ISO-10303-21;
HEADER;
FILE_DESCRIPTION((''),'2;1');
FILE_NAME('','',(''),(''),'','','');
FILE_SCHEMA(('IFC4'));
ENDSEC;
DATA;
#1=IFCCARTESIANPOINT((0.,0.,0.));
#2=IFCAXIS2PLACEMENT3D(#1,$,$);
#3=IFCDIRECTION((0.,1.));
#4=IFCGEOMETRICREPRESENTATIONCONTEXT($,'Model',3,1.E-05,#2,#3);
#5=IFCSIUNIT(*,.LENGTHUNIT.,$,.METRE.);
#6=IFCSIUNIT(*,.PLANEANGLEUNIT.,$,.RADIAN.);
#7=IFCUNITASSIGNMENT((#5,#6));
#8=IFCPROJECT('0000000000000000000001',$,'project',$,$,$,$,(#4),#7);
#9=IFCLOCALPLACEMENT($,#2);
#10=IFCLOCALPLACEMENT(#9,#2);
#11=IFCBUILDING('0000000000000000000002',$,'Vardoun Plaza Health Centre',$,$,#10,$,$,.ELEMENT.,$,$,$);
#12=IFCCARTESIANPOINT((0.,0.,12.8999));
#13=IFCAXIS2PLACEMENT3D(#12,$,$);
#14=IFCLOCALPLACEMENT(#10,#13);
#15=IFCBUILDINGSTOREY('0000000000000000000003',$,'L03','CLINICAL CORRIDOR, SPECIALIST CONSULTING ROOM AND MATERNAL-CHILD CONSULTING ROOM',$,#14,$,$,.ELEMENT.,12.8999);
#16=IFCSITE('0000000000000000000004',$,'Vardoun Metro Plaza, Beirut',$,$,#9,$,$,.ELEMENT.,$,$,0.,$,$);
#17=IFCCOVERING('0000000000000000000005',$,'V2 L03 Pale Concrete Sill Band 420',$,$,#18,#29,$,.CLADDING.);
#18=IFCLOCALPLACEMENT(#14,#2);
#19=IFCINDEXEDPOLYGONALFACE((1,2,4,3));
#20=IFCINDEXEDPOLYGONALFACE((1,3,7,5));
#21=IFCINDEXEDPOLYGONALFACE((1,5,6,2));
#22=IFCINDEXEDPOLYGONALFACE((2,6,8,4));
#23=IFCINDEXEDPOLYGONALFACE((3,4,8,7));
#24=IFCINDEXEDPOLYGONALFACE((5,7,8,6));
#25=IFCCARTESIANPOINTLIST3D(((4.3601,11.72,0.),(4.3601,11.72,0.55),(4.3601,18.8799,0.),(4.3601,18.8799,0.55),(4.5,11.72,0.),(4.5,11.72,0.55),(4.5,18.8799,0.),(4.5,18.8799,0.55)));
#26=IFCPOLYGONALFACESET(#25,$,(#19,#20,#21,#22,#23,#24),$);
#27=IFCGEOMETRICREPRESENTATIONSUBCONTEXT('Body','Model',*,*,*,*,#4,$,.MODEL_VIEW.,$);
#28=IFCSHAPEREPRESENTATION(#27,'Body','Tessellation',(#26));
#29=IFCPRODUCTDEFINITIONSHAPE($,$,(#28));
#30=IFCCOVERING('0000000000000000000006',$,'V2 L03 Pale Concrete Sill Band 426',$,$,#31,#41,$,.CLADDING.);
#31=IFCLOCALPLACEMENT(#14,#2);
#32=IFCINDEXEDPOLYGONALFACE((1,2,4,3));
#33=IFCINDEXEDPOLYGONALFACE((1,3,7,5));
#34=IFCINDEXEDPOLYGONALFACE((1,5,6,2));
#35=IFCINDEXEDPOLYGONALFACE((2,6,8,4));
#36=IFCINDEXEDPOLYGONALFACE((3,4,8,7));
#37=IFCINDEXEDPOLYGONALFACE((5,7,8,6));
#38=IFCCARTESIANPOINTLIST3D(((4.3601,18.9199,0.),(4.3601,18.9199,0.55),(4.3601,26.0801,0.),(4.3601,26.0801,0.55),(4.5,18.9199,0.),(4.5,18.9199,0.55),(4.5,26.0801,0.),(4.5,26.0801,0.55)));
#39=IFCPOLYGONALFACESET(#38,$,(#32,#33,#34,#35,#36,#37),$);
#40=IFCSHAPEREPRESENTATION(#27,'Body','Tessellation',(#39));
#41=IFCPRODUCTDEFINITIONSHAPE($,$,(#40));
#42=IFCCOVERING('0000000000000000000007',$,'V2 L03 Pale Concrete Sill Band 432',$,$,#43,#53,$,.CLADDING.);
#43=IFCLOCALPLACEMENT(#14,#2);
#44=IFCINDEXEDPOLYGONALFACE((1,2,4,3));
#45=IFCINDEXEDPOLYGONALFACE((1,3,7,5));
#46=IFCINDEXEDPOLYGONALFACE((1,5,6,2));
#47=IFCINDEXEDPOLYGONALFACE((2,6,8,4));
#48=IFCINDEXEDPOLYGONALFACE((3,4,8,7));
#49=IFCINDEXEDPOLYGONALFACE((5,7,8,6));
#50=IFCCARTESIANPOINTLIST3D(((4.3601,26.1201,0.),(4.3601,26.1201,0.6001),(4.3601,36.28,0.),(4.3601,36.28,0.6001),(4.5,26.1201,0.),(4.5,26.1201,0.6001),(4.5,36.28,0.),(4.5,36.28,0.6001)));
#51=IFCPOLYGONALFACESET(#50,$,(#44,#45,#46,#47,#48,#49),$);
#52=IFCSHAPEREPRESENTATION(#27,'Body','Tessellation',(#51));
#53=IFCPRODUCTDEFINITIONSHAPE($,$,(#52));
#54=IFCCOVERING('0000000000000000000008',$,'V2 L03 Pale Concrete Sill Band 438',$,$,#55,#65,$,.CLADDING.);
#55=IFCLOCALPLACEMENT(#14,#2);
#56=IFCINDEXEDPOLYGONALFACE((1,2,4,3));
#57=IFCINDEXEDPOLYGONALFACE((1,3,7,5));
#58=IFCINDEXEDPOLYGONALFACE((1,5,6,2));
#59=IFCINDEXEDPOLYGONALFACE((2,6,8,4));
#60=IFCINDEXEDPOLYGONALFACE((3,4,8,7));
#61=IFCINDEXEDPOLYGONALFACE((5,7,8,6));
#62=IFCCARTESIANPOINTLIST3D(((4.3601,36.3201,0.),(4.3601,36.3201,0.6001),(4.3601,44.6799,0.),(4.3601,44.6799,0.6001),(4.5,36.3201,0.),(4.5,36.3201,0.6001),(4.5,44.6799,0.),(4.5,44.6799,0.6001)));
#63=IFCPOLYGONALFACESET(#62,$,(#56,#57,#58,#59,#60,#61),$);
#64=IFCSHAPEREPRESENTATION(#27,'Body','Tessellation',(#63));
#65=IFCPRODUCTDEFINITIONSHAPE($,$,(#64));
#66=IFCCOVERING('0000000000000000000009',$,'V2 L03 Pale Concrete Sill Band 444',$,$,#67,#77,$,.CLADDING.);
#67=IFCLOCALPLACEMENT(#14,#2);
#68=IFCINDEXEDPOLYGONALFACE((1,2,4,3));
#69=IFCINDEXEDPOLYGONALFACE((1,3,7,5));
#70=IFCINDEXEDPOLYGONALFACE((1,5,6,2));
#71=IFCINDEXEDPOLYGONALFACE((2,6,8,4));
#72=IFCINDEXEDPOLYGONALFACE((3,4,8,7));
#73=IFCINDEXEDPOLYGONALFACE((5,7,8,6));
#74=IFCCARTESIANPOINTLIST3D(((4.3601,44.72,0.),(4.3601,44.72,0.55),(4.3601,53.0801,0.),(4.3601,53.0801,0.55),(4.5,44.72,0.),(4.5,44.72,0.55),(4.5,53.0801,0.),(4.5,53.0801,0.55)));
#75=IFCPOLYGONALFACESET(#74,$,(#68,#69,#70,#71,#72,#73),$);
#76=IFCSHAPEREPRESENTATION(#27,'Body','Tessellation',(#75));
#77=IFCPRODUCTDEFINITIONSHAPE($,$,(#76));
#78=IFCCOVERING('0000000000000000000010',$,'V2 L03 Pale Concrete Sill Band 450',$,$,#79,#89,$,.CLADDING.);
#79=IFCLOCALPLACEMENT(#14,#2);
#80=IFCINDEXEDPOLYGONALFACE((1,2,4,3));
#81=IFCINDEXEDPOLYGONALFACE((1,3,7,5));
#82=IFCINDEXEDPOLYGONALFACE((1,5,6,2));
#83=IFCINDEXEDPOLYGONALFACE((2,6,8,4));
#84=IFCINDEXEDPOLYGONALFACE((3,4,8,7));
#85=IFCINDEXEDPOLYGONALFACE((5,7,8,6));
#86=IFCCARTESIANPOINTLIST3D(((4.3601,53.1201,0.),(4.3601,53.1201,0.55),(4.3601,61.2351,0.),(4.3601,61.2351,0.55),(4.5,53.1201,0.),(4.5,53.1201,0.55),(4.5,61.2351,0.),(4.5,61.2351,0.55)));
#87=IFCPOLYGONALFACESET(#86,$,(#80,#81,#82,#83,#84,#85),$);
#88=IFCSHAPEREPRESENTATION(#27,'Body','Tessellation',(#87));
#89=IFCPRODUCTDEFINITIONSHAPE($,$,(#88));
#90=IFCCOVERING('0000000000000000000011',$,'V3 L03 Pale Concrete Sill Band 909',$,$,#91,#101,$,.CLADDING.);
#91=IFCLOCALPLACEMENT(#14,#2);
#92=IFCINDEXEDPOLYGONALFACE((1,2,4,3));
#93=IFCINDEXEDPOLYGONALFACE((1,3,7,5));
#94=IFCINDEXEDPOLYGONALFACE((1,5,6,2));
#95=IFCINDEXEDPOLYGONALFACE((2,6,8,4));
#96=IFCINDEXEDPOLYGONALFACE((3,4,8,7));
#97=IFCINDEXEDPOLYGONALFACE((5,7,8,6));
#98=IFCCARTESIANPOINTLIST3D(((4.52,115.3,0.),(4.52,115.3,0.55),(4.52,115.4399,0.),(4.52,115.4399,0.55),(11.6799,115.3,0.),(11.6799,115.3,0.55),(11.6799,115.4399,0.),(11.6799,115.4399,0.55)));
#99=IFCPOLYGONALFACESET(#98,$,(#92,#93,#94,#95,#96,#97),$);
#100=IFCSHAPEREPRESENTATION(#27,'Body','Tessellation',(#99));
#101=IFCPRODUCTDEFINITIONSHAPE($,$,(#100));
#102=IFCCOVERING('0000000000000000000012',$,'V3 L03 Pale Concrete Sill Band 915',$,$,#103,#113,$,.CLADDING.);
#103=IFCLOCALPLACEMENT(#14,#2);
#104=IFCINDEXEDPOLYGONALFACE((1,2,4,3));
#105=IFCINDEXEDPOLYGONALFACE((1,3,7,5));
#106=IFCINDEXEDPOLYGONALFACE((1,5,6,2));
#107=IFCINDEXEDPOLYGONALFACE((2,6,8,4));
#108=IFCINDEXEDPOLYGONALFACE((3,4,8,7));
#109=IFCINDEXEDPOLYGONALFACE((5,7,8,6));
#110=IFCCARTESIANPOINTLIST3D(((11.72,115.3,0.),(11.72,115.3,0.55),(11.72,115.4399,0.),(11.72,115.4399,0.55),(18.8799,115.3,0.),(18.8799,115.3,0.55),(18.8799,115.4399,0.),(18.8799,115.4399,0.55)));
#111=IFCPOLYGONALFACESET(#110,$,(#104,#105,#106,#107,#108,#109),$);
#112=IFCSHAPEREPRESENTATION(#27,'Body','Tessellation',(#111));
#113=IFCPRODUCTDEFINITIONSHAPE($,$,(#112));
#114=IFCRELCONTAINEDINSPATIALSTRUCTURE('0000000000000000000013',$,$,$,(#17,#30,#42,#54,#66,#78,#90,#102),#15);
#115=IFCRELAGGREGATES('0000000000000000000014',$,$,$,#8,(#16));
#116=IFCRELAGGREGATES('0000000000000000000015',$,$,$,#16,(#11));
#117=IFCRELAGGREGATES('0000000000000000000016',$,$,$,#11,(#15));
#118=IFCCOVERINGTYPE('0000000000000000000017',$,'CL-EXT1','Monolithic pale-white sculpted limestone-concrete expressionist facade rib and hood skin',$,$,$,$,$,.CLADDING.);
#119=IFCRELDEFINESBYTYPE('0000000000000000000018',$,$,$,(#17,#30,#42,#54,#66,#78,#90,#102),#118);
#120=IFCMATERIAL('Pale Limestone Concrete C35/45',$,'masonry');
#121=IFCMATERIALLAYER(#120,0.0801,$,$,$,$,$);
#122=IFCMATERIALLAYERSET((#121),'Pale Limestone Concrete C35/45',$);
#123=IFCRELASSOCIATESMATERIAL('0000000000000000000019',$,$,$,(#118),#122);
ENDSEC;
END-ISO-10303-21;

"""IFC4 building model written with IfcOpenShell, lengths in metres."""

from ifc_helpers import new_model, si_unit, direction, frame, origin, place, context, subcontext, project, spatial, polyline, outline, extrude, material, layer, layer_set, type_object, element, save


model = new_model("IFC4")

# Units and contexts
model_context = context("Model", 3, precision=1e-05, world=origin(), true_north=direction((0.0, 1.0)))
body_context = subcontext(model_context, "Body", "Model", "MODEL_VIEW")
ifc_project = project(units=[si_unit("LENGTHUNIT", "METRE"), si_unit("PLANEANGLEUNIT", "RADIAN")], contexts=[model_context])

# Site, building, storey
site_placement = place(None, origin())
site = spatial("IfcSite", under=ifc_project, at=site_placement, Name="Vardoun Metro Plaza, Beirut", CompositionType="ELEMENT", RefElevation=0.0)
building_placement = place(site_placement, origin())
building = spatial("IfcBuilding", under=site, at=building_placement, Name="Vardoun Plaza Health Centre", CompositionType="ELEMENT")
storey_placement = place(building_placement, frame((0.0, 0.0, 12.8999)))
storey = spatial("IfcBuildingStorey", under=building, at=storey_placement, Name="L03", Description="CLINICAL CORRIDOR, SPECIALIST CONSULTING ROOM AND MATERNAL-CHILD CONSULTING ROOM", CompositionType="ELEMENT", Elevation=12.8999)

# Coverings
ifc_material_1 = material(Name="Pale Limestone Concrete C35/45", Category="masonry")
ifc_layer_1 = layer(ifc_material_1, 0.0801)
ifc_layer_set_1 = layer_set([ifc_layer_1], Name="Pale Limestone Concrete C35/45")
covering_type = type_object("IfcCoveringType", Name="CL-EXT1", Description="Monolithic pale-white sculpted limestone-concrete expressionist facade rib and hood skin", PredefinedType="CLADDING", material=ifc_layer_set_1)
covering_1_placement = place(storey_placement, origin())
element("IfcCovering", 1, at=covering_1_placement, inside=storey, type_object=covering_type, Name="V2 L03 Pale Concrete Sill Band 420", PredefinedType="CLADDING", context=body_context, shape_type="SweptSolid", body=[
    extrude(outline(polyline([(4.5, 11.72), (4.5, 18.8799), (4.3601, 18.8799), (4.3601, 11.72), (4.5, 11.72)])), origin(), (0.0, 0.0, 1.0), 0.55),
])
covering_2_placement = place(storey_placement, origin())
element("IfcCovering", 2, at=covering_2_placement, inside=storey, type_object=covering_type, Name="V2 L03 Pale Concrete Sill Band 426", PredefinedType="CLADDING", context=body_context, shape_type="SweptSolid", body=[
    extrude(outline(polyline([(4.5, 18.9199), (4.5, 26.0801), (4.3601, 26.0801), (4.3601, 18.9199), (4.5, 18.9199)])), origin(), (0.0, 0.0, 1.0), 0.55),
])
covering_3_placement = place(storey_placement, origin())
element("IfcCovering", 3, at=covering_3_placement, inside=storey, type_object=covering_type, Name="V2 L03 Pale Concrete Sill Band 432", PredefinedType="CLADDING", context=body_context, shape_type="SweptSolid", body=[
    extrude(outline(polyline([(4.5, 26.1201), (4.5, 36.28), (4.3601, 36.28), (4.3601, 26.1201), (4.5, 26.1201)])), origin(), (0.0, 0.0, 1.0), 0.6001),
])
covering_4_placement = place(storey_placement, origin())
element("IfcCovering", 4, at=covering_4_placement, inside=storey, type_object=covering_type, Name="V2 L03 Pale Concrete Sill Band 438", PredefinedType="CLADDING", context=body_context, shape_type="SweptSolid", body=[
    extrude(outline(polyline([(4.5, 36.3201), (4.5, 44.6799), (4.3601, 44.6799), (4.3601, 36.3201), (4.5, 36.3201)])), origin(), (0.0, 0.0, 1.0), 0.6001),
])
covering_5_placement = place(storey_placement, origin())
element("IfcCovering", 5, at=covering_5_placement, inside=storey, type_object=covering_type, Name="V2 L03 Pale Concrete Sill Band 444", PredefinedType="CLADDING", context=body_context, shape_type="SweptSolid", body=[
    extrude(outline(polyline([(4.5, 44.72), (4.5, 53.0801), (4.3601, 53.0801), (4.3601, 44.72), (4.5, 44.72)])), origin(), (0.0, 0.0, 1.0), 0.55),
])
covering_6_placement = place(storey_placement, origin())
element("IfcCovering", 6, at=covering_6_placement, inside=storey, type_object=covering_type, Name="V2 L03 Pale Concrete Sill Band 450", PredefinedType="CLADDING", context=body_context, shape_type="SweptSolid", body=[
    extrude(outline(polyline([(4.5, 53.1201), (4.5, 61.2351), (4.3601, 61.2351), (4.3601, 53.1201), (4.5, 53.1201)])), origin(), (0.0, 0.0, 1.0), 0.55),
])
covering_7_placement = place(storey_placement, origin())
element("IfcCovering", 7, at=covering_7_placement, inside=storey, type_object=covering_type, Name="V3 L03 Pale Concrete Sill Band 909", PredefinedType="CLADDING", context=body_context, shape_type="SweptSolid", body=[
    extrude(outline(polyline([(4.52, 115.3), (11.6799, 115.3), (11.6799, 115.4399), (4.52, 115.4399), (4.52, 115.3)])), origin(), (0.0, 0.0, 1.0), 0.55),
])
covering_8_placement = place(storey_placement, origin())
element("IfcCovering", 8, at=covering_8_placement, inside=storey, type_object=covering_type, Name="V3 L03 Pale Concrete Sill Band 915", PredefinedType="CLADDING", context=body_context, shape_type="SweptSolid", body=[
    extrude(outline(polyline([(11.72, 115.3), (18.8799, 115.3), (18.8799, 115.4399), (11.72, 115.4399), (11.72, 115.3)])), origin(), (0.0, 0.0, 1.0), 0.55),
])

save(model, "model.ifc")
